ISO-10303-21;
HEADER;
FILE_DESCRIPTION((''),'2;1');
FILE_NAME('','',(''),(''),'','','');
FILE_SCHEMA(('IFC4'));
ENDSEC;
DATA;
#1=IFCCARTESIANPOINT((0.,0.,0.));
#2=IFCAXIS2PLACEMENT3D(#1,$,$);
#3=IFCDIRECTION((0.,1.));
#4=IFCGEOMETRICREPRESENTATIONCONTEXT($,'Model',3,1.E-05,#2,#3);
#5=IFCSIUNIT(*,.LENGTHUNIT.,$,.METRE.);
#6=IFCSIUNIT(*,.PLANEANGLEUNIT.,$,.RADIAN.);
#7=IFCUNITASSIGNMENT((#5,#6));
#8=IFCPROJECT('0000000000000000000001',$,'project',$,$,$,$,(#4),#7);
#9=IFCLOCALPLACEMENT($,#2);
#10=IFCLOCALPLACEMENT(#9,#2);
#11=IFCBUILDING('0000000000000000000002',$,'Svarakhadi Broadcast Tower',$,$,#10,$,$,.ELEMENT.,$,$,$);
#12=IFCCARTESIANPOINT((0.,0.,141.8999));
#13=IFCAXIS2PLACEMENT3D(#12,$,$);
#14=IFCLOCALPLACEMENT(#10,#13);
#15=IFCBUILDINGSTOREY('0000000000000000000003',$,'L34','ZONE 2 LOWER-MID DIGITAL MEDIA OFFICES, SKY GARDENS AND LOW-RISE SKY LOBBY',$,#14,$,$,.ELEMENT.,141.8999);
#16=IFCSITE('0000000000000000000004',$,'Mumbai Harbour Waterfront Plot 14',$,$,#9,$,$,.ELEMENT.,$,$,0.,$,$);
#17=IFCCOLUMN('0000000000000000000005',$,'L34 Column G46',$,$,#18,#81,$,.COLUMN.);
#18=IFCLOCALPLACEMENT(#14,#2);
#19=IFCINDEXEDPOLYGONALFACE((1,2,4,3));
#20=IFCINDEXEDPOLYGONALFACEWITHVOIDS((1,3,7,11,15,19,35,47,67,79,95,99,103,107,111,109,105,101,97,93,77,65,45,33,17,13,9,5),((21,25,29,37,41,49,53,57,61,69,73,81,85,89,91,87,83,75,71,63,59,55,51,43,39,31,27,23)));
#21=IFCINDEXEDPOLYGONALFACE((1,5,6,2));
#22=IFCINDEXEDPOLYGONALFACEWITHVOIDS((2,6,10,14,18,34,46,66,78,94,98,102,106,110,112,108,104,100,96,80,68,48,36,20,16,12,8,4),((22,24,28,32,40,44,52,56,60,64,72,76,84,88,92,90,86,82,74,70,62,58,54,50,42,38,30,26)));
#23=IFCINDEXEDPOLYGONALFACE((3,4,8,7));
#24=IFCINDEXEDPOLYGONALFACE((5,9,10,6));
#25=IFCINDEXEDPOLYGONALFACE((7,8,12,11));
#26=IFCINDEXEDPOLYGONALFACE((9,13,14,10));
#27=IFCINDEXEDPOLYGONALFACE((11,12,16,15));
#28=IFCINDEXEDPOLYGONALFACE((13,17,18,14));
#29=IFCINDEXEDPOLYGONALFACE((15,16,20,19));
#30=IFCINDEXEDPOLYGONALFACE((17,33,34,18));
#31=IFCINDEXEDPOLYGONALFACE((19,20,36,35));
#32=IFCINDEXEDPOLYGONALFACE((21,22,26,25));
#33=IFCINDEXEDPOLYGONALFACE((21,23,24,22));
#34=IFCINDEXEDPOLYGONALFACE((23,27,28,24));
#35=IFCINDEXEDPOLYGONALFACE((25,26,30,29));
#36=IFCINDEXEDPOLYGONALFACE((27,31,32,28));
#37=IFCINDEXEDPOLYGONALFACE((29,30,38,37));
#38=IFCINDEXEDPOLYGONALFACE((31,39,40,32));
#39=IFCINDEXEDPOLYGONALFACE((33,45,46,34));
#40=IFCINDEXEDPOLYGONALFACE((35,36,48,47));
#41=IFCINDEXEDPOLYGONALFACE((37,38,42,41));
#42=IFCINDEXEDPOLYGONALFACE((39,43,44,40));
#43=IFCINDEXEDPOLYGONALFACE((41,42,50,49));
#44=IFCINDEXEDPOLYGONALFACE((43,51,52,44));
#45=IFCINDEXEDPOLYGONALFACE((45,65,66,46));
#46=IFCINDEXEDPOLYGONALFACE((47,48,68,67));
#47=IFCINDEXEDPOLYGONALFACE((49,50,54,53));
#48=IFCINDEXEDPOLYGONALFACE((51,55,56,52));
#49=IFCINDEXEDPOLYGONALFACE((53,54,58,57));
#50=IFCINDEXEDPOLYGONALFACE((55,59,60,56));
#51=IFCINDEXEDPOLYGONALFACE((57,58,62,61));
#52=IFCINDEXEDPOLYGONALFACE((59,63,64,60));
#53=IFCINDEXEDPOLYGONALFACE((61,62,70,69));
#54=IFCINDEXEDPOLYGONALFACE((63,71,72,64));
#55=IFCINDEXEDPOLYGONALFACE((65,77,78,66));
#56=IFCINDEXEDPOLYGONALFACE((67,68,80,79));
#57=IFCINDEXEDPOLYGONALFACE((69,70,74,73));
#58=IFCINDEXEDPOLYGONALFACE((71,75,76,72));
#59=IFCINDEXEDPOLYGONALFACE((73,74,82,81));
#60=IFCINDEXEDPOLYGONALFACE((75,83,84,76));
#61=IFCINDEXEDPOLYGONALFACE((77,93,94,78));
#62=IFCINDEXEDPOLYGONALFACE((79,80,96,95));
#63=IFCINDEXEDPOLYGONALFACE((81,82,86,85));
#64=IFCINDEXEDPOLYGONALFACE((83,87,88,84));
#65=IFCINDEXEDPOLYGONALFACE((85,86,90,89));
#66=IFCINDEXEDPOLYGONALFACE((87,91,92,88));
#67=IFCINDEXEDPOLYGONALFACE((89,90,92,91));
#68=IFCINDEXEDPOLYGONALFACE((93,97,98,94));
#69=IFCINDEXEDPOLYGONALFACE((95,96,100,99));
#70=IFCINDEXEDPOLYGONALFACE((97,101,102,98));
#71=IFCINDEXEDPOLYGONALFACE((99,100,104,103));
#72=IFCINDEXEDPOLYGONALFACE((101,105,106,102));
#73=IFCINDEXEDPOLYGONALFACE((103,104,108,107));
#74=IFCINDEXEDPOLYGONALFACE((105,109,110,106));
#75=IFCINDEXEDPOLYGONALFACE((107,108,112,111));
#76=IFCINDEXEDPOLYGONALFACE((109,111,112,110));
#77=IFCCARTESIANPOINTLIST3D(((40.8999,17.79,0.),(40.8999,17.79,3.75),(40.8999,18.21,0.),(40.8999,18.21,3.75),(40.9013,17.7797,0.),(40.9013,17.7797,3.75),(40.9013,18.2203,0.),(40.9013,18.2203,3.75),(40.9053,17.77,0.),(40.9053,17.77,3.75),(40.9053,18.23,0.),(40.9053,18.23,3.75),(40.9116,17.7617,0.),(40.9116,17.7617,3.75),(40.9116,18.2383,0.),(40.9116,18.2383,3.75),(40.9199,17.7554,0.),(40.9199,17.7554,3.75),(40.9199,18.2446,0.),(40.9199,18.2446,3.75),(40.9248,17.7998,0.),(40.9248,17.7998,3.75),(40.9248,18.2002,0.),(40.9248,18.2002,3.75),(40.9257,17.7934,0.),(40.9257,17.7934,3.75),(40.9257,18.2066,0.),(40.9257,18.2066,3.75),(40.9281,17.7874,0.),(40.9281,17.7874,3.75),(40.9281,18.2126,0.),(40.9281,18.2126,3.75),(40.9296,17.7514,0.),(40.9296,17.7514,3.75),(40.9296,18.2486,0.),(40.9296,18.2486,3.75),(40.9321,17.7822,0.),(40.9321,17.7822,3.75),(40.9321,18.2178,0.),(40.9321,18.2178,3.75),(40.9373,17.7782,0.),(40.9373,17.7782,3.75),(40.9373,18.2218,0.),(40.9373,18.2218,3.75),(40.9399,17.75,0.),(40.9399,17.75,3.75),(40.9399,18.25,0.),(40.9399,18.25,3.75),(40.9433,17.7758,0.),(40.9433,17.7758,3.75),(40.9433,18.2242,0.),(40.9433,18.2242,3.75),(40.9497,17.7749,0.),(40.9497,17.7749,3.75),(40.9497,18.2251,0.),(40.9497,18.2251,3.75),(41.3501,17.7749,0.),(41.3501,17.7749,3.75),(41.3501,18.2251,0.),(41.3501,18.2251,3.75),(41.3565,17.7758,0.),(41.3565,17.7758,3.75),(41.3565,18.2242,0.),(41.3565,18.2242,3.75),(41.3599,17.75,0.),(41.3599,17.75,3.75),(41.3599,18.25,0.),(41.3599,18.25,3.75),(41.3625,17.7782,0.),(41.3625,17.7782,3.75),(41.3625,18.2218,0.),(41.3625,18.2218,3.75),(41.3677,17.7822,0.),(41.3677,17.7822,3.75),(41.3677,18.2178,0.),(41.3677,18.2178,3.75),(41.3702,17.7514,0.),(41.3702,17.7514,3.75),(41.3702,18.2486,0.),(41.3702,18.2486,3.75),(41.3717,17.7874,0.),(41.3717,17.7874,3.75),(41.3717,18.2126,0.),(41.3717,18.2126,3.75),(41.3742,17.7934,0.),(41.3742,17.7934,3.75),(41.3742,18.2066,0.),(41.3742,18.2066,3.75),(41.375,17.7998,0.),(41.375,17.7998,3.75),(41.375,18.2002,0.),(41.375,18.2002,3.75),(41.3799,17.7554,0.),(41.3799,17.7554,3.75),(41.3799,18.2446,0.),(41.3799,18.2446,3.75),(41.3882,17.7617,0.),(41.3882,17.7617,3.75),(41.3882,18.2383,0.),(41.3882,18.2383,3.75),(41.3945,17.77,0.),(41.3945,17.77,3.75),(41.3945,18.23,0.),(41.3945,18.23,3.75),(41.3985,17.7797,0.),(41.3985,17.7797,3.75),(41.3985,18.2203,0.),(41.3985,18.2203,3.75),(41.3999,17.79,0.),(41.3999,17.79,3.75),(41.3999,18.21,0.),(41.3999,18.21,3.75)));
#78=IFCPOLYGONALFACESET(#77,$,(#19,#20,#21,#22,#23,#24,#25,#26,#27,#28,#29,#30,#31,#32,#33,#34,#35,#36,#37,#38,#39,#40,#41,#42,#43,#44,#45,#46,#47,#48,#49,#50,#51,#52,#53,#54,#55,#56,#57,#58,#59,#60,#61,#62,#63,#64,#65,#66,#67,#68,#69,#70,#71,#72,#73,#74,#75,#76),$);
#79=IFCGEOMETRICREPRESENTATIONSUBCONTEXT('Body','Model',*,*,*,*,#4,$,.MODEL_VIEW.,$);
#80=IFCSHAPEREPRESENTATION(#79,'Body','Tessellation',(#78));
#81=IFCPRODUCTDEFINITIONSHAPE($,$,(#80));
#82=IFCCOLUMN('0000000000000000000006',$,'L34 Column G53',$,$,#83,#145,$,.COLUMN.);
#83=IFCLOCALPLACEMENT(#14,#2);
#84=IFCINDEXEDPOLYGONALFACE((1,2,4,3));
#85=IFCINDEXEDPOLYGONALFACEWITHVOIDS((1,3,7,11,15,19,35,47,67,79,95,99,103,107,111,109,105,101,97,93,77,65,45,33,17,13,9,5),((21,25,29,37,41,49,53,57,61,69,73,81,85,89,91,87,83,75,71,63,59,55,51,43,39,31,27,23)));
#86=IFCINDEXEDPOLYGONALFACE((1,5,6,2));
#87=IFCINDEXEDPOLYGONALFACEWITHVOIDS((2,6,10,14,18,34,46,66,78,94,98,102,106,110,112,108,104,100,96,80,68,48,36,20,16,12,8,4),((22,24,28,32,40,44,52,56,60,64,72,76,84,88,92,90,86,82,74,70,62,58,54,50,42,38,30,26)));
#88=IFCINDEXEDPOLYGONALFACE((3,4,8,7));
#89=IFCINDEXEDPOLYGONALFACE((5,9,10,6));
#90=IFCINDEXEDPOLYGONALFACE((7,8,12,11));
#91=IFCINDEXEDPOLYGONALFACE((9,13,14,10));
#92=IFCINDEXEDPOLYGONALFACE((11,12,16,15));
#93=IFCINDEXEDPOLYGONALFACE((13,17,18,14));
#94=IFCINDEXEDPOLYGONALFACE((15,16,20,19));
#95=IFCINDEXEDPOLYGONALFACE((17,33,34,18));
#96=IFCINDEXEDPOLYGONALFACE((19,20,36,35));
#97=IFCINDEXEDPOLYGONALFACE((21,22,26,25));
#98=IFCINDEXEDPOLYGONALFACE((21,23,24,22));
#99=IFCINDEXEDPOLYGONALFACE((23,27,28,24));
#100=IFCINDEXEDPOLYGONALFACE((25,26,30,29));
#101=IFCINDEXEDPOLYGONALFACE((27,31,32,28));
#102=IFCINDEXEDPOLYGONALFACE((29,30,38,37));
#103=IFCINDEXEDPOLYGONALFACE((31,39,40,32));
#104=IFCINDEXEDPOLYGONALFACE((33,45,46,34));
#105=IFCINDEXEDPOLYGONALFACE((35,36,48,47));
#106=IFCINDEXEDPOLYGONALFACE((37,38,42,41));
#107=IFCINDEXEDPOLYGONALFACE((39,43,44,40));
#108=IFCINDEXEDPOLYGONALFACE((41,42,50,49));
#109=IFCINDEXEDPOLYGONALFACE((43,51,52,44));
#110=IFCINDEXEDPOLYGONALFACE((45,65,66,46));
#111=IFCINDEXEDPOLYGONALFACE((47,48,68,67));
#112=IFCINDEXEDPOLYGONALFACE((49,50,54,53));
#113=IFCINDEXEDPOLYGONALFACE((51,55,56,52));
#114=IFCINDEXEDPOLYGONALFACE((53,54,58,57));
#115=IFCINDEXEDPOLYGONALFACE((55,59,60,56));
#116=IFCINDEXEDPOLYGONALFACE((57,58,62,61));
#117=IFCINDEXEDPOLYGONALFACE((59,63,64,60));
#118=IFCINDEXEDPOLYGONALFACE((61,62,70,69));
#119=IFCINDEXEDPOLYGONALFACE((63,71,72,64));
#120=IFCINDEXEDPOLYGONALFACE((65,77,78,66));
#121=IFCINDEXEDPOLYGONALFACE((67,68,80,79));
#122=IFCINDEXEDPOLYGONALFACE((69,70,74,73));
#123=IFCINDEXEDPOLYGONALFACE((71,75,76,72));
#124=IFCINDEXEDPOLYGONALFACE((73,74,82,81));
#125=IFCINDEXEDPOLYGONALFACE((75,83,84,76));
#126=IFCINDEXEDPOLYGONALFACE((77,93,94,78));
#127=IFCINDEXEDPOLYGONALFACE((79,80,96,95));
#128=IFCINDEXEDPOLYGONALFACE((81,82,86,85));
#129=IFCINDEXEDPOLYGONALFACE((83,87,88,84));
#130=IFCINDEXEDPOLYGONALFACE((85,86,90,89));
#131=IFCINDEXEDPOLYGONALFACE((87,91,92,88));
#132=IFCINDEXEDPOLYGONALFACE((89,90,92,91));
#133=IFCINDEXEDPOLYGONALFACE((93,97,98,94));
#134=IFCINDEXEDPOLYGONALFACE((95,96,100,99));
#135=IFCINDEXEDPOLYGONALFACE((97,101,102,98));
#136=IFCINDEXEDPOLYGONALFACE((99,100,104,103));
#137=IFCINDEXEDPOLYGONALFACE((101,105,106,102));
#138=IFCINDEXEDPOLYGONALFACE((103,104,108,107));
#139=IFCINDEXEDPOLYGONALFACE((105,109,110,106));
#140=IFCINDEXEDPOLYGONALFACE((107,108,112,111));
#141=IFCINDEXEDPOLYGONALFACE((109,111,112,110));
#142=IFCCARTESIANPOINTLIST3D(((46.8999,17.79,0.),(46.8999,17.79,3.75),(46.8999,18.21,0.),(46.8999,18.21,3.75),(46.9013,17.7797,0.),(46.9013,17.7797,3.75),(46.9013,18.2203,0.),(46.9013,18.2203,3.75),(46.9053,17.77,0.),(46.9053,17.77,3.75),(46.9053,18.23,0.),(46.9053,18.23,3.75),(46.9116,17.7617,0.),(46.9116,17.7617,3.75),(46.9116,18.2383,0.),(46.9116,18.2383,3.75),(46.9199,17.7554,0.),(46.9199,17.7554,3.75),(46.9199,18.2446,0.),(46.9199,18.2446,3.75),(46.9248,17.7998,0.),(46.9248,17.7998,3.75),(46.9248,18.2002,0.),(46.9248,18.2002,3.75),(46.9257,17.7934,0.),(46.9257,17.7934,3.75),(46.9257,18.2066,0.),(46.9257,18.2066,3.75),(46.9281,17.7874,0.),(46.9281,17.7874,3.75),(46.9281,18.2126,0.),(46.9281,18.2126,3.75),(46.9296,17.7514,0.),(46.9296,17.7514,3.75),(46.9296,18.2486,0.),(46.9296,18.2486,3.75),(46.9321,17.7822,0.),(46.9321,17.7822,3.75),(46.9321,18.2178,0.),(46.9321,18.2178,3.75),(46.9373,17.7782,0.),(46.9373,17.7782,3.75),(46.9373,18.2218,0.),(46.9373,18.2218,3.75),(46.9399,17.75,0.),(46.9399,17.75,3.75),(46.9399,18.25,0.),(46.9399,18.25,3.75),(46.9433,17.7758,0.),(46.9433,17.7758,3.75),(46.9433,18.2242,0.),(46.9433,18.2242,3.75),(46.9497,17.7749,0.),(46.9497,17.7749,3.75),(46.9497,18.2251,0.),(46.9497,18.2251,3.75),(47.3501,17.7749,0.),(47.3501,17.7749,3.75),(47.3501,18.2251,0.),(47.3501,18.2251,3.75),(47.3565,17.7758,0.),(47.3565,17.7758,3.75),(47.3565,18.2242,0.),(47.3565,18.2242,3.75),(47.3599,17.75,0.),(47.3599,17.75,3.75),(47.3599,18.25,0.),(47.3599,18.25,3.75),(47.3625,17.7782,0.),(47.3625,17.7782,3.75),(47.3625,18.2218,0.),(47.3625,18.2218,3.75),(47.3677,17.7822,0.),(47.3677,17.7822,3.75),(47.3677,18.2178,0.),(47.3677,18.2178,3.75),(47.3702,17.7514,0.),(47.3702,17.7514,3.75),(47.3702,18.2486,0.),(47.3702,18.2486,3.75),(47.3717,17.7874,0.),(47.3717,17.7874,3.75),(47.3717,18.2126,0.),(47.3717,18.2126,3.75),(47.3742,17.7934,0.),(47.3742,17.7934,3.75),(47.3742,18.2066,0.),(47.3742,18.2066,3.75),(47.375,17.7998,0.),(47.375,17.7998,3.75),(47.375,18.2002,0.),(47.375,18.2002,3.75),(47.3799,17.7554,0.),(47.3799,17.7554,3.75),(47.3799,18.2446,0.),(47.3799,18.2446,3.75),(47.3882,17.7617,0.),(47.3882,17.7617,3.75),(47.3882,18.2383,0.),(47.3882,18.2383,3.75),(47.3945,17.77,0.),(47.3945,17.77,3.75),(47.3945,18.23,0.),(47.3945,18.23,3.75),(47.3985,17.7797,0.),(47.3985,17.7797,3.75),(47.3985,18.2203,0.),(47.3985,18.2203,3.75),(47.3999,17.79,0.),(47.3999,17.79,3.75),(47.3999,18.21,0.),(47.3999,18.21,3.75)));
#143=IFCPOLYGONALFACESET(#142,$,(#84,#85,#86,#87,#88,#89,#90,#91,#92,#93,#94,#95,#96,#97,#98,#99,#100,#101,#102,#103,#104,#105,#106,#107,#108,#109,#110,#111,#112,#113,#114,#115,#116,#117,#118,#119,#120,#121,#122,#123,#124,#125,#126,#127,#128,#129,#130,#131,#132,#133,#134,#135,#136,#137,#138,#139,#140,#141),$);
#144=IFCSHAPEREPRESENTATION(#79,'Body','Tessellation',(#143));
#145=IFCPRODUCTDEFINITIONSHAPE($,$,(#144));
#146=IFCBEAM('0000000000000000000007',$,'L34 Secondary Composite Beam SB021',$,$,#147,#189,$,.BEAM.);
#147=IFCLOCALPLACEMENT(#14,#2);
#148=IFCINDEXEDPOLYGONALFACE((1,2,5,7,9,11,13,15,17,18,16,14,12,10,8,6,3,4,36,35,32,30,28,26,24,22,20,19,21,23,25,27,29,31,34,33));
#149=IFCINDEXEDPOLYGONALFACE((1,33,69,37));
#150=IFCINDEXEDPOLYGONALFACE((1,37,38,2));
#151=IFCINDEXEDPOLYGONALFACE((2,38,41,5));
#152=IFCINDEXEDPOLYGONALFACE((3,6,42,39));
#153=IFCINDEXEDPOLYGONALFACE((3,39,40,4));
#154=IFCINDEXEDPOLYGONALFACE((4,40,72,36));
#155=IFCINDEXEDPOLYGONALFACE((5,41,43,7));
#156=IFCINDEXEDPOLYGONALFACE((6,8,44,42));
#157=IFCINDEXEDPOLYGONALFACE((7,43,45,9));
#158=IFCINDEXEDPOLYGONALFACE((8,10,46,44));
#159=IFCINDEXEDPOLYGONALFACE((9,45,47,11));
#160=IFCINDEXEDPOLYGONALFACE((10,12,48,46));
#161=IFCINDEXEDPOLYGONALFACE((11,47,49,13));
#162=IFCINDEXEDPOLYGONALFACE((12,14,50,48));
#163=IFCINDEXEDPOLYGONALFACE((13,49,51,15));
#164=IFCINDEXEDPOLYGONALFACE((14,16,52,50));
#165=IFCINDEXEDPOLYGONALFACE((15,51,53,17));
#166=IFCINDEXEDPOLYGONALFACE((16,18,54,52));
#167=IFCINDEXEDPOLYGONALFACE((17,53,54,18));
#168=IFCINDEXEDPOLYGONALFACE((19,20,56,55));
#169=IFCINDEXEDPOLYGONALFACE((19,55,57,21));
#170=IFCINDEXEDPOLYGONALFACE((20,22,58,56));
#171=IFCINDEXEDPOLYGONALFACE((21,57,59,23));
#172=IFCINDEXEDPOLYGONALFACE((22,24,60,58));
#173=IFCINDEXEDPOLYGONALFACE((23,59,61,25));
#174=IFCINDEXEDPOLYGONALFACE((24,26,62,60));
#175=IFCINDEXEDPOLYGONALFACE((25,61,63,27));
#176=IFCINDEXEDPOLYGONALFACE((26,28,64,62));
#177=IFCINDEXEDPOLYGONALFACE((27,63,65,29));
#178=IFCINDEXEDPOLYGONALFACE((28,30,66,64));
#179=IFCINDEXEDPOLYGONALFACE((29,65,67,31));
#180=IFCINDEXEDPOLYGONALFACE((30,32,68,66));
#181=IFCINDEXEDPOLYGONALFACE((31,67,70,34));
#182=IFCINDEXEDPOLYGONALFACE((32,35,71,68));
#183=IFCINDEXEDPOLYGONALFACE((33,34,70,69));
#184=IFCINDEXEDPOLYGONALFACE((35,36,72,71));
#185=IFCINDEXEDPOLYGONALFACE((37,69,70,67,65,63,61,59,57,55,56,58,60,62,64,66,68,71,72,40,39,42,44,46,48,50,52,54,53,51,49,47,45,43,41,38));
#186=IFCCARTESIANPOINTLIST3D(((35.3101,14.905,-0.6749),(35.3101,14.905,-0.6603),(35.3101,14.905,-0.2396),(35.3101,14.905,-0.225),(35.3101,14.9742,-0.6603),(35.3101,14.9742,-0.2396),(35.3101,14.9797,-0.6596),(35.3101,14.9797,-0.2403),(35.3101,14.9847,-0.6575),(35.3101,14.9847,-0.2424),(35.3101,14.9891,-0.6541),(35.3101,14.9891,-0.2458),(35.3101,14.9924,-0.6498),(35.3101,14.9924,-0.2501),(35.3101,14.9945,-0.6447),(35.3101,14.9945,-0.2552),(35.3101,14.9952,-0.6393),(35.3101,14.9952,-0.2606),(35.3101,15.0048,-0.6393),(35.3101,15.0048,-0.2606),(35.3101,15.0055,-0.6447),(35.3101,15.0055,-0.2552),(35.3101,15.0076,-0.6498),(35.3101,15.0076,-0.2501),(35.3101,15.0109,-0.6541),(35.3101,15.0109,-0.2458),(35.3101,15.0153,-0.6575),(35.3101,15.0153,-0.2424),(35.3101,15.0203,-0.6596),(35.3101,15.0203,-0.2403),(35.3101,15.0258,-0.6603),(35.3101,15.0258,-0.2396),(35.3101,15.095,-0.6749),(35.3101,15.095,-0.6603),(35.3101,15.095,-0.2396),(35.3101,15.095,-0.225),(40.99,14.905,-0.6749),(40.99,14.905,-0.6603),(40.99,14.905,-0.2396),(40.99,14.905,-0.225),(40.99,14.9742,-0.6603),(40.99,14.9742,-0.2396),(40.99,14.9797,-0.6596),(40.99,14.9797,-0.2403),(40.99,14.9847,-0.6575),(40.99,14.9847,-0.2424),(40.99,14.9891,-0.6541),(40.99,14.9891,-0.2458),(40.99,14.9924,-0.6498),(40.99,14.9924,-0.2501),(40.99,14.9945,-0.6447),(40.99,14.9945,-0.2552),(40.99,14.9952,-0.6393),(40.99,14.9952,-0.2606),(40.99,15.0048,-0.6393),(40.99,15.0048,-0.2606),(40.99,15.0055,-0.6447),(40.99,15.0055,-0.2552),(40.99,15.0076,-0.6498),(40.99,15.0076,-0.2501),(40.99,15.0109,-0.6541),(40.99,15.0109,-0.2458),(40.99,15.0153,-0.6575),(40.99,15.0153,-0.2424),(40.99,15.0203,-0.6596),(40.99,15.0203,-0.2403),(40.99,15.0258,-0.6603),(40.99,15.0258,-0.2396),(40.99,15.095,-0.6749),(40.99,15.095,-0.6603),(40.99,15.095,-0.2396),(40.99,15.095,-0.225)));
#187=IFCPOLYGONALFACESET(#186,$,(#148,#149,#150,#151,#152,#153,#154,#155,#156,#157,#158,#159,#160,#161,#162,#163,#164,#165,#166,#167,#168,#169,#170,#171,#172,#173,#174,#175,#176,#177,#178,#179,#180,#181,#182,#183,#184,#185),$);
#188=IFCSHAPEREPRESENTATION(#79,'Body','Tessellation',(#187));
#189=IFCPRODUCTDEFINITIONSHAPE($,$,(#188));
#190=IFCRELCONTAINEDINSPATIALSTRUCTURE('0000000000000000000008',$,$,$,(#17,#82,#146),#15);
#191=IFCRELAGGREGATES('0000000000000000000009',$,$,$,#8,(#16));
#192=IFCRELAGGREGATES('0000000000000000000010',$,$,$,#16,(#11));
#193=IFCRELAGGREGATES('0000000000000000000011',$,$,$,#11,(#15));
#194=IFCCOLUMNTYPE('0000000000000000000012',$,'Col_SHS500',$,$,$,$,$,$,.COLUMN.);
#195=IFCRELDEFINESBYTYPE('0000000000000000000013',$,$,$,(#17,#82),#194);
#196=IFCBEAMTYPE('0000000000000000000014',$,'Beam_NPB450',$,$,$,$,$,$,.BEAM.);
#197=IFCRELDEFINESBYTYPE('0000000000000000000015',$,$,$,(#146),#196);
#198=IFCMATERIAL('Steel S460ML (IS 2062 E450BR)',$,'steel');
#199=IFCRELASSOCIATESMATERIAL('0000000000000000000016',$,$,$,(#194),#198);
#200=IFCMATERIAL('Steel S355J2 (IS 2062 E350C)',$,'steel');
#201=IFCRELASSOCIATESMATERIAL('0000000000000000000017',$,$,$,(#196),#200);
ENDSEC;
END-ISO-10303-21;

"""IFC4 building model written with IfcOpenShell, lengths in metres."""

from ifc_helpers import new_model, si_unit, direction, frame, origin, origin_2d, place, context, subcontext, project, spatial, hollow_rectangle, i_section, extrude, material, material_profile, profile_set, type_object, element, save


model = new_model("IFC4")

# Units and contexts
model_context = context("Model", 3, precision=1e-05, world=origin(), true_north=direction((0.0, 1.0)))
body_context = subcontext(model_context, "Body", "Model", "MODEL_VIEW")
ifc_project = project(units=[si_unit("LENGTHUNIT", "METRE"), si_unit("PLANEANGLEUNIT", "RADIAN")], contexts=[model_context])

# Site, building, storey
site_placement = place(None, origin())
site = spatial("IfcSite", under=ifc_project, at=site_placement, Name="Mumbai Harbour Waterfront Plot 14", CompositionType="ELEMENT", RefElevation=0.0)
building_placement = place(site_placement, origin())
building = spatial("IfcBuilding", under=site, at=building_placement, Name="Svarakhadi Broadcast Tower", CompositionType="ELEMENT")
storey_placement = place(building_placement, frame((0.0, 0.0, 141.8999)))
storey = spatial("IfcBuildingStorey", under=building, at=storey_placement, Name="L34", Description="ZONE 2 LOWER-MID DIGITAL MEDIA OFFICES, SKY GARDENS AND LOW-RISE SKY LOBBY", CompositionType="ELEMENT", Elevation=141.8999)

# Columns
ifc_material_1 = material(Name="Steel S460ML (IS 2062 E450BR)", Category="steel")
ifc_material_profile_1 = material_profile(ifc_material_1, hollow_rectangle(XDim=0.5, YDim=0.5, WallThickness=0.0249, InnerFilletRadius=0.0249, OuterFilletRadius=0.04, at=origin_2d()), Name="SHS 500x500x25")
ifc_profile_set_1 = profile_set([ifc_material_profile_1], Name="Steel S460ML (IS 2062 E450BR)")
column_type_1 = type_object("IfcColumnType", Name="Col_SHS500", PredefinedType="COLUMN", material=ifc_profile_set_1)
for number, where, z_axis, x_axis, name in (
    (1, (41.1499, 18.0, 0.0), (0.0, 0.0, 1.0), (1.0, 0.0, 0.0), "L34 Column G46"),
    (2, (47.1499, 18.0, 0.0), (0.0, 0.0, 1.0), (1.0, 0.0, 0.0), "L34 Column G53"),
):
    element("IfcColumn", number, at=place(storey_placement, frame(where, z_axis=z_axis, x_axis=x_axis)), inside=storey, type_object=column_type_1, Name=name, PredefinedType="COLUMN", context=body_context, shape_type="SweptSolid", body=[
        extrude(hollow_rectangle(XDim=0.5, YDim=0.5, WallThickness=0.0249, InnerFilletRadius=0.0249, OuterFilletRadius=0.04, at=origin_2d()), origin(), (0.0, 0.0, 1.0), 3.75),
    ])

# Beam
ifc_material_2 = material(Name="Steel S355J2 (IS 2062 E350C)", Category="steel")
ifc_material_profile_2 = material_profile(ifc_material_2, i_section(OverallWidth=0.1899, OverallDepth=0.45, WebThickness=0.0095, FlangeThickness=0.0146, FilletRadius=0.021, at=origin_2d()), Name="NPB 450x190x78")
ifc_profile_set_2 = profile_set([ifc_material_profile_2], Name="Steel S355J2 (IS 2062 E350C)")
beam_type_1 = type_object("IfcBeamType", Name="Beam_NPB450", PredefinedType="BEAM", material=ifc_profile_set_2)
for number, where, z_axis, x_axis, name in (
    (3, (35.3101, 15.0, -0.45), (1.0, 0.0, 0.0), (0.0, 1.0, 0.0), "L34 Secondary Composite Beam SB021"),
):
    element("IfcBeam", number, at=place(storey_placement, frame(where, z_axis=z_axis, x_axis=x_axis)), inside=storey, type_object=beam_type_1, Name=name, PredefinedType="BEAM", context=body_context, shape_type="SweptSolid", body=[
        extrude(i_section(OverallWidth=0.1899, OverallDepth=0.45, WebThickness=0.0095, FlangeThickness=0.0146, FilletRadius=0.021, at=origin_2d()), origin(), (0.0, 0.0, 1.0), 5.6799),
    ])

save(model, "model.ifc")
